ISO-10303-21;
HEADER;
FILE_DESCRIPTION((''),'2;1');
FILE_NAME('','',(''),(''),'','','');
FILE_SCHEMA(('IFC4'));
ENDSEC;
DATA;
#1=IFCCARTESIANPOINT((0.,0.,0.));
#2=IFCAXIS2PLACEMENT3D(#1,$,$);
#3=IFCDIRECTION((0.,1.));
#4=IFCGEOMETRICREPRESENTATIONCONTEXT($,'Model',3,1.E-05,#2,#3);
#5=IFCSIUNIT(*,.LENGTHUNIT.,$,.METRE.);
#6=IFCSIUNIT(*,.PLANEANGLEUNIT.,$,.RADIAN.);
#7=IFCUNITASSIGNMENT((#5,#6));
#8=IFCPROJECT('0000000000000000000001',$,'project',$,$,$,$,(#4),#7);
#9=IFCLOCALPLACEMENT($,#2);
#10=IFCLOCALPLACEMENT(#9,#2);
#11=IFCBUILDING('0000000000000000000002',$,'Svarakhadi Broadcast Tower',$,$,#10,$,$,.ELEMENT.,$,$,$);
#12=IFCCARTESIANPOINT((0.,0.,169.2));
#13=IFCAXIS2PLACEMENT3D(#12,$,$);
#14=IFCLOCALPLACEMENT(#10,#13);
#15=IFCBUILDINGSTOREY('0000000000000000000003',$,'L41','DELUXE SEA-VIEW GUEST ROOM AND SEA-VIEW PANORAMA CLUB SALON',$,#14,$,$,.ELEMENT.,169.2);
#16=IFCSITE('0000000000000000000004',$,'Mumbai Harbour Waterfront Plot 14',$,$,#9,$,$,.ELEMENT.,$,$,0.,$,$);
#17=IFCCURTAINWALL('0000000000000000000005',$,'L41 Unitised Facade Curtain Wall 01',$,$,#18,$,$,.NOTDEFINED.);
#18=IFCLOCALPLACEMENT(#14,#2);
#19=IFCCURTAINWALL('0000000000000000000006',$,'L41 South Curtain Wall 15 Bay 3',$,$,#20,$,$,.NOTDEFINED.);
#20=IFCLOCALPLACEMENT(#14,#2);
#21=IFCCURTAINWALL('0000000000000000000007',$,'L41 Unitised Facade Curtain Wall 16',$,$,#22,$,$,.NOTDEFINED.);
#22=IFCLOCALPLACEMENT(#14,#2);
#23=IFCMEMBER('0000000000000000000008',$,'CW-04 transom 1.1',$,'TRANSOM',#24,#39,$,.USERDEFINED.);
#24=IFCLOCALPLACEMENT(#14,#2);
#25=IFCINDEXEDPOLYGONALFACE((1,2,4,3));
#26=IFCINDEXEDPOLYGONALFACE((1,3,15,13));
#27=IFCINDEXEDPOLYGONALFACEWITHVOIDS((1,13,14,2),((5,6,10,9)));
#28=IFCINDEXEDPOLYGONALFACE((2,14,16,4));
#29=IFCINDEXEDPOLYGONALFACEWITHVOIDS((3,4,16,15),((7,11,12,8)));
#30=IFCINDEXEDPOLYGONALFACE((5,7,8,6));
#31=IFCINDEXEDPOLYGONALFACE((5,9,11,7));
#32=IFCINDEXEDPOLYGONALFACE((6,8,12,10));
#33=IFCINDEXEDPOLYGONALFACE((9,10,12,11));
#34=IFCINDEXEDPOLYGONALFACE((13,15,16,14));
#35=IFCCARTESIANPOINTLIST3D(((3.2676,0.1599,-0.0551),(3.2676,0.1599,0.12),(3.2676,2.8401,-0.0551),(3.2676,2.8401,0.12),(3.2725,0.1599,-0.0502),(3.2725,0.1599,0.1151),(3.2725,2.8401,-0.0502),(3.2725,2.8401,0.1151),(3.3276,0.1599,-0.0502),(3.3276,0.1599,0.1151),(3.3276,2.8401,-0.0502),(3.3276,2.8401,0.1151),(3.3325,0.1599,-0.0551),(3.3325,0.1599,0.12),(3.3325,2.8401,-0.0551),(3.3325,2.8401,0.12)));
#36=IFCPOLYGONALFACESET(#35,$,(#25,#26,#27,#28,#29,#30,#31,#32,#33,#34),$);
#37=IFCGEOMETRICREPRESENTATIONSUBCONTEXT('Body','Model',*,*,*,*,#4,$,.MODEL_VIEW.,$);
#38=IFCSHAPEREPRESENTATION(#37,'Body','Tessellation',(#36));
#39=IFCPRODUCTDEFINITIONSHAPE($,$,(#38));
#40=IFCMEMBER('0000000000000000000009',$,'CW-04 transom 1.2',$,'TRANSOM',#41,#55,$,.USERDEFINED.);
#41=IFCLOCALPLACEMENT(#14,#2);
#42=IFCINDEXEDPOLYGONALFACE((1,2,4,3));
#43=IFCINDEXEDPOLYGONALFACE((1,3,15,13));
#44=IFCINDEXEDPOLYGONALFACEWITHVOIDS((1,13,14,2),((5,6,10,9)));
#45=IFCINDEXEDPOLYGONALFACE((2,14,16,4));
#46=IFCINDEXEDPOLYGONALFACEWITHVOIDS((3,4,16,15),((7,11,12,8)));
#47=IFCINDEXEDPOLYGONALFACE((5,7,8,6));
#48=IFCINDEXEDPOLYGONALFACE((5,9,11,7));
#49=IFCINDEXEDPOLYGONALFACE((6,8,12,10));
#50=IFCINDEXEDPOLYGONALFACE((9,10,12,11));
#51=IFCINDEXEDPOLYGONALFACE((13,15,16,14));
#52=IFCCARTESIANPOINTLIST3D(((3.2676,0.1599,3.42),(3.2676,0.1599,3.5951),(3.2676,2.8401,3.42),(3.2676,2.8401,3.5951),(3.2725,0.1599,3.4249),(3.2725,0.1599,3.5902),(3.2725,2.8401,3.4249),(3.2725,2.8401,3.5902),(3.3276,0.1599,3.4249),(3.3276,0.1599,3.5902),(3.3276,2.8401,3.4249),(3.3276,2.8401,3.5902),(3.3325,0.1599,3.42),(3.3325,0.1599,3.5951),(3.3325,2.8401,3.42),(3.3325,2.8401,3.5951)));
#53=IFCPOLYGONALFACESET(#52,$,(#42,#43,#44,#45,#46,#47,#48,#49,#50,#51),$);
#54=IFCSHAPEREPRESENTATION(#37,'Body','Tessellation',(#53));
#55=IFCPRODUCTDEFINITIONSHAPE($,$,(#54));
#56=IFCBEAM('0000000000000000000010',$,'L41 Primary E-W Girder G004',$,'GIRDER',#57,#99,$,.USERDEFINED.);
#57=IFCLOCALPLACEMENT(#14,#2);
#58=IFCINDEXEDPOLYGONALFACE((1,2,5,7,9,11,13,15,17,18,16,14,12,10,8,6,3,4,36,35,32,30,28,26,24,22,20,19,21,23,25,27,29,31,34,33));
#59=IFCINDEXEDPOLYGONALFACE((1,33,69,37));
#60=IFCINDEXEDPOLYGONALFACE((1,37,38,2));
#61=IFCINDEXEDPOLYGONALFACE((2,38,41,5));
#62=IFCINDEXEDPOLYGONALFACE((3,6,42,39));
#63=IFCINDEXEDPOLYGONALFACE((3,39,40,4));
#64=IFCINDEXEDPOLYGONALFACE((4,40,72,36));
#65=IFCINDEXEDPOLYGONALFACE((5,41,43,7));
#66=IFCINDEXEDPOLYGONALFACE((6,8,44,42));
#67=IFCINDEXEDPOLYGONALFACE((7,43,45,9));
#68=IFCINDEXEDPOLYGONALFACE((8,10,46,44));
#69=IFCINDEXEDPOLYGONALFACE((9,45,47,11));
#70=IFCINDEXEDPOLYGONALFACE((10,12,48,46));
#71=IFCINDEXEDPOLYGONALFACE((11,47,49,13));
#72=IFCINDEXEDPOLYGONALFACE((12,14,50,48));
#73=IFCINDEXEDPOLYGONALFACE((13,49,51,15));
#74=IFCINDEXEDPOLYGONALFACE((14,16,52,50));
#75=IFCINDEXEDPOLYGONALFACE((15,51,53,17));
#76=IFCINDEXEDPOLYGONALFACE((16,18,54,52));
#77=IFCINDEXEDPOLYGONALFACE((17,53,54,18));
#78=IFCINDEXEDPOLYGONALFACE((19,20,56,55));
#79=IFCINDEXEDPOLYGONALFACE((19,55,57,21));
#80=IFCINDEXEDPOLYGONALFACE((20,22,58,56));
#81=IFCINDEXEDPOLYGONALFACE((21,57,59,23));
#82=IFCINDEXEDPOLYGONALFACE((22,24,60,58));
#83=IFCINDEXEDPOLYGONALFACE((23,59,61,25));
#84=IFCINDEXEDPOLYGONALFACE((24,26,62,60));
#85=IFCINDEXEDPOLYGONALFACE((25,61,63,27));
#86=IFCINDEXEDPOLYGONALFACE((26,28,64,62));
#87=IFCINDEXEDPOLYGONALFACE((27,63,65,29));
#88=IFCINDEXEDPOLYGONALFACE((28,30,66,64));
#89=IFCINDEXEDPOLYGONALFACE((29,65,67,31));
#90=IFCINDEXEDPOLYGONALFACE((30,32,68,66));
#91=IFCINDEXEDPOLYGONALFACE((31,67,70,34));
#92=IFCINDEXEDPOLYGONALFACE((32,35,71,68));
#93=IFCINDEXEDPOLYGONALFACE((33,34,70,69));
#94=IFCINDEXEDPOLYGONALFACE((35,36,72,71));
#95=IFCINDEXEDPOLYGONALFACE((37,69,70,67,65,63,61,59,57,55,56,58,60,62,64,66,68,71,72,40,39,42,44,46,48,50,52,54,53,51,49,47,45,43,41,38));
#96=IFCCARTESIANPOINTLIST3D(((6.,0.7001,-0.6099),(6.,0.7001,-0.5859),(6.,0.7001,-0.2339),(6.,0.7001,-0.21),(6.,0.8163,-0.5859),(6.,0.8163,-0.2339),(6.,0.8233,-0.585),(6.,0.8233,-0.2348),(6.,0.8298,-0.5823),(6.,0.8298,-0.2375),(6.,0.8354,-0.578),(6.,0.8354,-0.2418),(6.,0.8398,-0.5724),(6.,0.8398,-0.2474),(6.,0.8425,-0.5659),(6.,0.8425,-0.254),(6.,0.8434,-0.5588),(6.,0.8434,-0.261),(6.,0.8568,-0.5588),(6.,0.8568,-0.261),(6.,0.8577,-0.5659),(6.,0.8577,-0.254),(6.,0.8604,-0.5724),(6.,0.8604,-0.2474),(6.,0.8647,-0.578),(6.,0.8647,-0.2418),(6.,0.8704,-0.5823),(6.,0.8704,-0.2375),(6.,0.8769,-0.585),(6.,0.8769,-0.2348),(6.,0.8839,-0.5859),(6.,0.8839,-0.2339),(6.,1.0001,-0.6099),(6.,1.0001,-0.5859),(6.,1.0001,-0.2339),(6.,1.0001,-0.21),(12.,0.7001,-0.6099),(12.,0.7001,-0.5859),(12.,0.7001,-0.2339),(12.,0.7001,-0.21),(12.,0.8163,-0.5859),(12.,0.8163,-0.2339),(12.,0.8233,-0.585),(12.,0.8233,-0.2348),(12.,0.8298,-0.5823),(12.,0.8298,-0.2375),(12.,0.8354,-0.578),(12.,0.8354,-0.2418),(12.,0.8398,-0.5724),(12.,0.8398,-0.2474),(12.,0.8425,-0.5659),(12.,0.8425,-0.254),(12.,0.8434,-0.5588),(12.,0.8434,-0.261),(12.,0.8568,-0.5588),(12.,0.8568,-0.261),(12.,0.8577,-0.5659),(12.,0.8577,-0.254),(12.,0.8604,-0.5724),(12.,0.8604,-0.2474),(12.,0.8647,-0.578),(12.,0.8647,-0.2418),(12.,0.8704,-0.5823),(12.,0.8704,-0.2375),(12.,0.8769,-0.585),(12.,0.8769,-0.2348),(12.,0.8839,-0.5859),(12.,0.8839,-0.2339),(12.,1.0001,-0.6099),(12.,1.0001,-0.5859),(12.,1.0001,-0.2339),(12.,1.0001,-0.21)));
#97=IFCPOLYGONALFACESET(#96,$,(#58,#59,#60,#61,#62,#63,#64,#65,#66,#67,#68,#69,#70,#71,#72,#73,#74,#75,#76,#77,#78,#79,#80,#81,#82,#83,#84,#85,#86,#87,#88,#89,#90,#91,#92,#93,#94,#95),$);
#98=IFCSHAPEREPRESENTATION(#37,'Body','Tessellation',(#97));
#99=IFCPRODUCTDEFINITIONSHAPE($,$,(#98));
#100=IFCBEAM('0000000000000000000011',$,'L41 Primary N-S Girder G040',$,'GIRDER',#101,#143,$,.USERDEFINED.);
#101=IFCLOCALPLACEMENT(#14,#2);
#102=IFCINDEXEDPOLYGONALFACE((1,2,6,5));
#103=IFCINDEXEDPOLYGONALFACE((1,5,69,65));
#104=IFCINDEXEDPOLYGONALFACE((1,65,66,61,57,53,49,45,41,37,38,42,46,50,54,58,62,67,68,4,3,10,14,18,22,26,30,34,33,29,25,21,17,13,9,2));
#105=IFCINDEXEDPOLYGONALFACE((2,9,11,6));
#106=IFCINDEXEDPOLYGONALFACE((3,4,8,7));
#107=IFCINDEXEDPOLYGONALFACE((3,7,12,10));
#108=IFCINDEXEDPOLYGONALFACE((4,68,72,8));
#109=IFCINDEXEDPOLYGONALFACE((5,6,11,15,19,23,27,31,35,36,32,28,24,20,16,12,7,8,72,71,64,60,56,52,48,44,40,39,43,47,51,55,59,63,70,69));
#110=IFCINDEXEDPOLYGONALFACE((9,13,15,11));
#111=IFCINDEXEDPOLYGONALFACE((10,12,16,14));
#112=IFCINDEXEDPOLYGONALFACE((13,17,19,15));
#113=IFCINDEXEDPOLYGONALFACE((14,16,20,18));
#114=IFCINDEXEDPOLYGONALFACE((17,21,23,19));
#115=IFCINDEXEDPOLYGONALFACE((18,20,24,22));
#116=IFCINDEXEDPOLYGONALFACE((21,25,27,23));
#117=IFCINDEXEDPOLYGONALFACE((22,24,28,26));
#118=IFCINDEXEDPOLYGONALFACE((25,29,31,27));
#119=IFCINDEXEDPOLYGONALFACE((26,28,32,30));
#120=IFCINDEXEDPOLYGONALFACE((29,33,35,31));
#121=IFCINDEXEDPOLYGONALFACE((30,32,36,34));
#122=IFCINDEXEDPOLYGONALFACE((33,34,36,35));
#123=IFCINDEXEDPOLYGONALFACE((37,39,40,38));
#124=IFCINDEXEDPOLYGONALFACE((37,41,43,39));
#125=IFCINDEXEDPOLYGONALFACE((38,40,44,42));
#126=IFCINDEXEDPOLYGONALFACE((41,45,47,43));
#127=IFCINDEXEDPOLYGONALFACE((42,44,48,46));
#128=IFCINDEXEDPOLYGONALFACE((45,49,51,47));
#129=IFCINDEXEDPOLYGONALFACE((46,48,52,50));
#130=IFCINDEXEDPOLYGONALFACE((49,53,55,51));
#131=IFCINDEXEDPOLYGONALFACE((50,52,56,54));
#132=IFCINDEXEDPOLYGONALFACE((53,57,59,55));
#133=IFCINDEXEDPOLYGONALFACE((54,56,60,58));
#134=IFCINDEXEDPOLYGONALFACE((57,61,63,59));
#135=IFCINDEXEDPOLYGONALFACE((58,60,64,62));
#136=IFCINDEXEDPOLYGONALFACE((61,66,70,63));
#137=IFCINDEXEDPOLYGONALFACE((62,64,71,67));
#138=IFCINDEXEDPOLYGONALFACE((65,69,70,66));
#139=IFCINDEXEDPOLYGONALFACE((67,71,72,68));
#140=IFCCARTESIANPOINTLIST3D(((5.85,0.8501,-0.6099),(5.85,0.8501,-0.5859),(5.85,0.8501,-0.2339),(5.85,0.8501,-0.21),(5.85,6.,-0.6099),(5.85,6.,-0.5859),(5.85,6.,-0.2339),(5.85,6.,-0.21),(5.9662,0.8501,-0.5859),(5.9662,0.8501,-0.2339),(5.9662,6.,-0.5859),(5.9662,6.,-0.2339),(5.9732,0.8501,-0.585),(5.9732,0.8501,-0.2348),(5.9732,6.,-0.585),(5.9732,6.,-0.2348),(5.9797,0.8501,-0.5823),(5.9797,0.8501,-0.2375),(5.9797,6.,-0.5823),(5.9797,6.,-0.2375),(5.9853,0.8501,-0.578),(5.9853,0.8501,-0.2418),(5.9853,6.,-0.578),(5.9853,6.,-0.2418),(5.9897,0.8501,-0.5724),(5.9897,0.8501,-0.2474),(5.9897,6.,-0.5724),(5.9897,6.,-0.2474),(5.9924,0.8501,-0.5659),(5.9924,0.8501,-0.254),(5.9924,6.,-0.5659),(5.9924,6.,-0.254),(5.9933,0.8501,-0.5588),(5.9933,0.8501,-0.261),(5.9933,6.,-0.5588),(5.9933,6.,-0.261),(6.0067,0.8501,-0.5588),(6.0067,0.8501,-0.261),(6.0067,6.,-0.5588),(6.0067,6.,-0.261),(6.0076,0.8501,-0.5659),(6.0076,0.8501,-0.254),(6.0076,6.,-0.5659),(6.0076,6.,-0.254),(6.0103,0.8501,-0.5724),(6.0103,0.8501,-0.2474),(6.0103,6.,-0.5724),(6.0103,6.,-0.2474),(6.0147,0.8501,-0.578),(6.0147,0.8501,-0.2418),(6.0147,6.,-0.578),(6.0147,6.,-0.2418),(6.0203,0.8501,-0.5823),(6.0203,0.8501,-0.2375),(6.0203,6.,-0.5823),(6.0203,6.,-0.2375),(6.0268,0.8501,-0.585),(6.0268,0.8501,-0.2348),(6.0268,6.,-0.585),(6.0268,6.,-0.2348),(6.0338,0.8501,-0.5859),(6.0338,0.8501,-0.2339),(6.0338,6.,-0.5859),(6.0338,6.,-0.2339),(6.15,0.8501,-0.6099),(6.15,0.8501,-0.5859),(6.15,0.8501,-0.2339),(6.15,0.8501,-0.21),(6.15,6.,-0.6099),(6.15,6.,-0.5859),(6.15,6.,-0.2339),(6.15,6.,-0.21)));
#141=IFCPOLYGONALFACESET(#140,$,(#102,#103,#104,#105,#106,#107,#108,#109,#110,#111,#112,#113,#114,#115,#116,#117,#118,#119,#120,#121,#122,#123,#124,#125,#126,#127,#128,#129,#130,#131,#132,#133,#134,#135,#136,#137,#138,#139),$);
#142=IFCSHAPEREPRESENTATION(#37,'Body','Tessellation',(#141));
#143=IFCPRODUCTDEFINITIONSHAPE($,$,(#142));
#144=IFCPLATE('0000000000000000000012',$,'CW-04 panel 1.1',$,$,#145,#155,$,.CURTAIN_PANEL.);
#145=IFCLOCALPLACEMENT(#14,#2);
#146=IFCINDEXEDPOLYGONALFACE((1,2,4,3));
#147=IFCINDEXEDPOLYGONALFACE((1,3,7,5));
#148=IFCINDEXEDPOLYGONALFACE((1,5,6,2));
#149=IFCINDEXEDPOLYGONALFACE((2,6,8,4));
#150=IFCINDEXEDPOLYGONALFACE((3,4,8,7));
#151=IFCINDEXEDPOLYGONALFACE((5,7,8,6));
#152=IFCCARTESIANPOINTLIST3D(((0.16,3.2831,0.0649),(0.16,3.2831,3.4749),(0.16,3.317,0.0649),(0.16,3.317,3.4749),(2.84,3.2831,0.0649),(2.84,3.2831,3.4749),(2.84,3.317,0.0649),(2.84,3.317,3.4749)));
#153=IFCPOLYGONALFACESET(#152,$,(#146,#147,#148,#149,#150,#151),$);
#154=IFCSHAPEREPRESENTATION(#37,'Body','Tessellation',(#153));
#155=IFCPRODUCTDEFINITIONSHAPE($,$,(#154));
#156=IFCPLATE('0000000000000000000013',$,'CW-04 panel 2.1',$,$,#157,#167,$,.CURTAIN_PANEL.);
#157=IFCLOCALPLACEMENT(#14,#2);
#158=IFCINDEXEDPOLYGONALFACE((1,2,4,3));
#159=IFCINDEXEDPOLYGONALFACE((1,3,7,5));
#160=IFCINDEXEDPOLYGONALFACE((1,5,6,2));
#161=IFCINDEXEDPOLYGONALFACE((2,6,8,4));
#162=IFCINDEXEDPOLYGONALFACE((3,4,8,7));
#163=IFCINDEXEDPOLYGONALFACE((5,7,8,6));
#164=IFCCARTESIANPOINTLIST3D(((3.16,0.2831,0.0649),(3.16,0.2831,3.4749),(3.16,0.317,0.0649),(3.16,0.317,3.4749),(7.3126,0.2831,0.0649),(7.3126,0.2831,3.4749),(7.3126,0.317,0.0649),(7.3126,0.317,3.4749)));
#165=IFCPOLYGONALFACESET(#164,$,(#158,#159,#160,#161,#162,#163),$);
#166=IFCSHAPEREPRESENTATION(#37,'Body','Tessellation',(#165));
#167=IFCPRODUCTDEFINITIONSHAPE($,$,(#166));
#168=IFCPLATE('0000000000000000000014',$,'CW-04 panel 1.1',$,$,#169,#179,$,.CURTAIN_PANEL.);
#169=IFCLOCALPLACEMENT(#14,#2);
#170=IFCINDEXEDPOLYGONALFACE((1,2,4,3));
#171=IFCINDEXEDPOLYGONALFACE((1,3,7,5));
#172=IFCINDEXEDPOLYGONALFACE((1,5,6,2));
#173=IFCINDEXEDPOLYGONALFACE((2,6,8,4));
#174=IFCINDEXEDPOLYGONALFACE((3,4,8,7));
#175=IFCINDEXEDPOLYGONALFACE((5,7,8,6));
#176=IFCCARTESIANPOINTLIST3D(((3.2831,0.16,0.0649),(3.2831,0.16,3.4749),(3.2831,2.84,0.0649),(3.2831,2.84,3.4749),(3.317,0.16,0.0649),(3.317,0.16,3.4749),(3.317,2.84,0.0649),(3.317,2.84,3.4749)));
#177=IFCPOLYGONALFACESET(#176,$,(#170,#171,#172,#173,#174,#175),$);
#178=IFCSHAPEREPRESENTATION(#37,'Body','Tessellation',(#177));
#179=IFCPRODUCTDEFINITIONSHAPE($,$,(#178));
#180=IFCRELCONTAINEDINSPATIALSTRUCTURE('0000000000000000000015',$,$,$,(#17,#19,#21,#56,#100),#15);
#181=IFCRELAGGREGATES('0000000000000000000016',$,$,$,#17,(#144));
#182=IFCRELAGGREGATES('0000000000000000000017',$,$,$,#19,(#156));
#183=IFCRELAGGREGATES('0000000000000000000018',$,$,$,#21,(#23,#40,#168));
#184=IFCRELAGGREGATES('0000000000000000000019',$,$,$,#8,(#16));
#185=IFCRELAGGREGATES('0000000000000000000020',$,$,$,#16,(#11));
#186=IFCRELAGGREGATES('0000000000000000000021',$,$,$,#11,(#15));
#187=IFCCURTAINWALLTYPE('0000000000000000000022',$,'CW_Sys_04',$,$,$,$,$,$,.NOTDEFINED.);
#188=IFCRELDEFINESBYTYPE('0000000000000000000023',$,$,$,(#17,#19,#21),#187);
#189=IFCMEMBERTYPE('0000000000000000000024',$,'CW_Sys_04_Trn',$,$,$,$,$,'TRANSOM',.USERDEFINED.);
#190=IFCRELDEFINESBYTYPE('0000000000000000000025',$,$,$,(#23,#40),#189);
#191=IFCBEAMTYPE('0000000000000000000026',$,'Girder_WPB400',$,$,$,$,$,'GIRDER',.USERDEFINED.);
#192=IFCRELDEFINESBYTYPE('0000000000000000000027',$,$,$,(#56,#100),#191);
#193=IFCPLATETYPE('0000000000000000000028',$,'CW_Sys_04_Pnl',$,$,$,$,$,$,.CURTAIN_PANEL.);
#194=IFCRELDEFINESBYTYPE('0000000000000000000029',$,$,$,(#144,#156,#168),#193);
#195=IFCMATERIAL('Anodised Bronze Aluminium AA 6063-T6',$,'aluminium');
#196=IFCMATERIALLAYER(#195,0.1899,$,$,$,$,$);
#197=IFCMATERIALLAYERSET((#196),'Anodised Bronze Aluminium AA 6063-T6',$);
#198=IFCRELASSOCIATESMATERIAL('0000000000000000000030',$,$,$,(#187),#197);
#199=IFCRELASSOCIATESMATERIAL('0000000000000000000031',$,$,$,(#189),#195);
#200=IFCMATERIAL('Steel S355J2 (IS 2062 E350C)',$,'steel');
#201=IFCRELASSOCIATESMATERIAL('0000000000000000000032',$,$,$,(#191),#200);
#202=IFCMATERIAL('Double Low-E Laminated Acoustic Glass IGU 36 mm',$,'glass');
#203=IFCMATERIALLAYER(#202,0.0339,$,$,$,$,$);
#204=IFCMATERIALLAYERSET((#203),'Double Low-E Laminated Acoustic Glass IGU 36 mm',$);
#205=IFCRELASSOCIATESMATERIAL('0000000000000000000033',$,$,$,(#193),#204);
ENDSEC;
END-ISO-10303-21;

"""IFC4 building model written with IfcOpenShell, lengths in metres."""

from ifc_helpers import new_model, si_unit, direction, frame, origin, origin_2d, place, context, subcontext, project, spatial, rectangle, hollow_rectangle, i_section, extrude, material, layer, layer_set, material_profile, profile_set, type_object, element, aggregate, save


model = new_model("IFC4")

# Units and contexts
model_context = context("Model", 3, precision=1e-05, world=origin(), true_north=direction((0.0, 1.0)))
body_context = subcontext(model_context, "Body", "Model", "MODEL_VIEW")
ifc_project = project(units=[si_unit("LENGTHUNIT", "METRE"), si_unit("PLANEANGLEUNIT", "RADIAN")], contexts=[model_context])

# Site, building, storey
site_placement = place(None, origin())
site = spatial("IfcSite", under=ifc_project, at=site_placement, Name="Mumbai Harbour Waterfront Plot 14", CompositionType="ELEMENT", RefElevation=0.0)
building_placement = place(site_placement, origin())
building = spatial("IfcBuilding", under=site, at=building_placement, Name="Svarakhadi Broadcast Tower", CompositionType="ELEMENT")
storey_placement = place(building_placement, frame((0.0, 0.0, 169.2)))
storey = spatial("IfcBuildingStorey", under=building, at=storey_placement, Name="L41", Description="DELUXE SEA-VIEW GUEST ROOM AND SEA-VIEW PANORAMA CLUB SALON", CompositionType="ELEMENT", Elevation=169.2)

# Curtain walls
ifc_material_1 = material(Name="Anodised Bronze Aluminium AA 6063-T6", Category="aluminium")
ifc_layer_1 = layer(ifc_material_1, 0.1899)
ifc_layer_set_1 = layer_set([ifc_layer_1], Name="Anodised Bronze Aluminium AA 6063-T6")
curtain_wall_type = type_object("IfcCurtainWallType", Name="CW_Sys_04", PredefinedType="NOTDEFINED", material=ifc_layer_set_1)
curtain_wall_1_placement = place(storey_placement, origin())
curtain_wall_1 = element("IfcCurtainWall", 1, at=curtain_wall_1_placement, inside=storey, type_object=curtain_wall_type, Name="L41 Unitised Facade Curtain Wall 01", PredefinedType="NOTDEFINED")
curtain_wall_2_placement = place(storey_placement, origin())
curtain_wall_2 = element("IfcCurtainWall", 2, at=curtain_wall_2_placement, inside=storey, type_object=curtain_wall_type, Name="L41 South Curtain Wall 15 Bay 3", PredefinedType="NOTDEFINED")

# Curtain wall
curtain_wall_3_placement = place(storey_placement, origin())
curtain_wall_3 = element("IfcCurtainWall", 3, at=curtain_wall_3_placement, inside=storey, type_object=curtain_wall_type, Name="L41 Unitised Facade Curtain Wall 16", PredefinedType="NOTDEFINED")

# Members
ifc_material_profile_1 = material_profile(ifc_material_1, hollow_rectangle(XDim=0.0649, YDim=0.175, WallThickness=0.0049, at=origin_2d()), Name="ALU TRANSOM 175x65x5")
ifc_profile_set_1 = profile_set([ifc_material_profile_1], Name="Anodised Bronze Aluminium AA 6063-T6")
member_type_1 = type_object("IfcMemberType", Name="CW_Sys_04_Trn", ElementType="TRANSOM", PredefinedType="USERDEFINED", material=ifc_profile_set_1)
member_1_placement = place(storey_placement, frame((3.3, 0.1599, 0.0325), z_axis=(0.0, 1.0, 0.0), x_axis=(-1.0, 0.0, 0.0)))
member_1 = element("IfcMember", 4, at=member_1_placement, type_object=member_type_1, Name="CW-04 transom 1.1", ObjectType="TRANSOM", PredefinedType="USERDEFINED", context=body_context, shape_type="SweptSolid", body=[
    extrude(hollow_rectangle(XDim=0.0649, YDim=0.175, WallThickness=0.0049, at=origin_2d()), origin(), (0.0, 0.0, 1.0), 2.6802),
])
member_2_placement = place(storey_placement, frame((3.3, 0.1599, 3.5076), z_axis=(0.0, 1.0, 0.0), x_axis=(-1.0, 0.0, 0.0)))
member_2 = element("IfcMember", 5, at=member_2_placement, type_object=member_type_1, Name="CW-04 transom 1.2", ObjectType="TRANSOM", PredefinedType="USERDEFINED", context=body_context, shape_type="SweptSolid", body=[
    extrude(hollow_rectangle(XDim=0.0649, YDim=0.175, WallThickness=0.0049, at=origin_2d()), origin(), (0.0, 0.0, 1.0), 2.6802),
])

# Beams
ifc_material_2 = material(Name="Steel S355J2 (IS 2062 E350C)", Category="steel")
ifc_material_profile_2 = material_profile(ifc_material_2, i_section(OverallWidth=0.3, OverallDepth=0.3999, WebThickness=0.0134, FlangeThickness=0.0239, FilletRadius=0.0271, at=origin_2d()), Name="WPB 400x300x155")
ifc_profile_set_2 = profile_set([ifc_material_profile_2], Name="Steel S355J2 (IS 2062 E350C)")
beam_type = type_object("IfcBeamType", Name="Girder_WPB400", ElementType="GIRDER", PredefinedType="USERDEFINED", material=ifc_profile_set_2)
beam_1_placement = place(storey_placement, frame((6.0, 0.8501, -0.4099), z_axis=(1.0, 0.0, 0.0), x_axis=(0.0, 1.0, 0.0)))
element("IfcBeam", 6, at=beam_1_placement, inside=storey, type_object=beam_type, Name="L41 Primary E-W Girder G004", ObjectType="GIRDER", PredefinedType="USERDEFINED", context=body_context, shape_type="SweptSolid", body=[
    extrude(i_section(OverallWidth=0.3, OverallDepth=0.3999, WebThickness=0.0134, FlangeThickness=0.0239, FilletRadius=0.0271, at=origin_2d()), origin(), (0.0, 0.0, 1.0), 6.0),
])
beam_2_placement = place(storey_placement, frame((6.0, 0.8501, -0.4099), z_axis=(0.0, 1.0, 0.0), x_axis=(-1.0, 0.0, 0.0)))
element("IfcBeam", 7, at=beam_2_placement, inside=storey, type_object=beam_type, Name="L41 Primary N-S Girder G040", ObjectType="GIRDER", PredefinedType="USERDEFINED", context=body_context, shape_type="SweptSolid", body=[
    extrude(i_section(OverallWidth=0.3, OverallDepth=0.3999, WebThickness=0.0134, FlangeThickness=0.0239, FilletRadius=0.0271, at=origin_2d()), origin(), (0.0, 0.0, 1.0), 5.1499),
])

# Plates
ifc_material_3 = material(Name="Double Low-E Laminated Acoustic Glass IGU 36 mm", Category="glass")
ifc_layer_2 = layer(ifc_material_3, 0.0339)
ifc_layer_set_2 = layer_set([ifc_layer_2], Name="Double Low-E Laminated Acoustic Glass IGU 36 mm")
plate_type = type_object("IfcPlateType", Name="CW_Sys_04_Pnl", PredefinedType="CURTAIN_PANEL", material=ifc_layer_set_2)
plate_1_placement = place(storey_placement, frame((1.5, 3.3, 0.0649), z_axis=(0.0, 0.0, 1.0), x_axis=(-1.0, 0.0, 0.0)))
plate_1 = element("IfcPlate", 8, at=plate_1_placement, type_object=plate_type, Name="CW-04 panel 1.1", PredefinedType="CURTAIN_PANEL", context=body_context, shape_type="SweptSolid", body=[
    extrude(rectangle(XDim=2.6799, YDim=0.0339, at=origin_2d()), origin(), (0.0, 0.0, 1.0), 3.4099),
])
aggregate(curtain_wall_1, [plate_1])
plate_2_placement = place(storey_placement, frame((5.2363, 0.3, 0.0649), z_axis=(0.0, 0.0, 1.0), x_axis=(-1.0, 0.0, 0.0)))
plate_2 = element("IfcPlate", 9, at=plate_2_placement, type_object=plate_type, Name="CW-04 panel 2.1", PredefinedType="CURTAIN_PANEL", context=body_context, shape_type="SweptSolid", body=[
    extrude(rectangle(XDim=4.1526, YDim=0.0339, at=origin_2d()), origin(), (0.0, 0.0, 1.0), 3.4099),
])
aggregate(curtain_wall_2, [plate_2])
plate_3_placement = place(storey_placement, frame((3.3, 1.5, 0.0649), z_axis=(0.0, 0.0, 1.0), x_axis=(0.0, 1.0, 0.0)))
plate_3 = element("IfcPlate", 10, at=plate_3_placement, type_object=plate_type, Name="CW-04 panel 1.1", PredefinedType="CURTAIN_PANEL", context=body_context, shape_type="SweptSolid", body=[
    extrude(rectangle(XDim=2.6799, YDim=0.0339, at=origin_2d()), origin(), (0.0, 0.0, 1.0), 3.4099),
])
aggregate(curtain_wall_3, [member_1, member_2, plate_3])

save(model, "model.ifc")
